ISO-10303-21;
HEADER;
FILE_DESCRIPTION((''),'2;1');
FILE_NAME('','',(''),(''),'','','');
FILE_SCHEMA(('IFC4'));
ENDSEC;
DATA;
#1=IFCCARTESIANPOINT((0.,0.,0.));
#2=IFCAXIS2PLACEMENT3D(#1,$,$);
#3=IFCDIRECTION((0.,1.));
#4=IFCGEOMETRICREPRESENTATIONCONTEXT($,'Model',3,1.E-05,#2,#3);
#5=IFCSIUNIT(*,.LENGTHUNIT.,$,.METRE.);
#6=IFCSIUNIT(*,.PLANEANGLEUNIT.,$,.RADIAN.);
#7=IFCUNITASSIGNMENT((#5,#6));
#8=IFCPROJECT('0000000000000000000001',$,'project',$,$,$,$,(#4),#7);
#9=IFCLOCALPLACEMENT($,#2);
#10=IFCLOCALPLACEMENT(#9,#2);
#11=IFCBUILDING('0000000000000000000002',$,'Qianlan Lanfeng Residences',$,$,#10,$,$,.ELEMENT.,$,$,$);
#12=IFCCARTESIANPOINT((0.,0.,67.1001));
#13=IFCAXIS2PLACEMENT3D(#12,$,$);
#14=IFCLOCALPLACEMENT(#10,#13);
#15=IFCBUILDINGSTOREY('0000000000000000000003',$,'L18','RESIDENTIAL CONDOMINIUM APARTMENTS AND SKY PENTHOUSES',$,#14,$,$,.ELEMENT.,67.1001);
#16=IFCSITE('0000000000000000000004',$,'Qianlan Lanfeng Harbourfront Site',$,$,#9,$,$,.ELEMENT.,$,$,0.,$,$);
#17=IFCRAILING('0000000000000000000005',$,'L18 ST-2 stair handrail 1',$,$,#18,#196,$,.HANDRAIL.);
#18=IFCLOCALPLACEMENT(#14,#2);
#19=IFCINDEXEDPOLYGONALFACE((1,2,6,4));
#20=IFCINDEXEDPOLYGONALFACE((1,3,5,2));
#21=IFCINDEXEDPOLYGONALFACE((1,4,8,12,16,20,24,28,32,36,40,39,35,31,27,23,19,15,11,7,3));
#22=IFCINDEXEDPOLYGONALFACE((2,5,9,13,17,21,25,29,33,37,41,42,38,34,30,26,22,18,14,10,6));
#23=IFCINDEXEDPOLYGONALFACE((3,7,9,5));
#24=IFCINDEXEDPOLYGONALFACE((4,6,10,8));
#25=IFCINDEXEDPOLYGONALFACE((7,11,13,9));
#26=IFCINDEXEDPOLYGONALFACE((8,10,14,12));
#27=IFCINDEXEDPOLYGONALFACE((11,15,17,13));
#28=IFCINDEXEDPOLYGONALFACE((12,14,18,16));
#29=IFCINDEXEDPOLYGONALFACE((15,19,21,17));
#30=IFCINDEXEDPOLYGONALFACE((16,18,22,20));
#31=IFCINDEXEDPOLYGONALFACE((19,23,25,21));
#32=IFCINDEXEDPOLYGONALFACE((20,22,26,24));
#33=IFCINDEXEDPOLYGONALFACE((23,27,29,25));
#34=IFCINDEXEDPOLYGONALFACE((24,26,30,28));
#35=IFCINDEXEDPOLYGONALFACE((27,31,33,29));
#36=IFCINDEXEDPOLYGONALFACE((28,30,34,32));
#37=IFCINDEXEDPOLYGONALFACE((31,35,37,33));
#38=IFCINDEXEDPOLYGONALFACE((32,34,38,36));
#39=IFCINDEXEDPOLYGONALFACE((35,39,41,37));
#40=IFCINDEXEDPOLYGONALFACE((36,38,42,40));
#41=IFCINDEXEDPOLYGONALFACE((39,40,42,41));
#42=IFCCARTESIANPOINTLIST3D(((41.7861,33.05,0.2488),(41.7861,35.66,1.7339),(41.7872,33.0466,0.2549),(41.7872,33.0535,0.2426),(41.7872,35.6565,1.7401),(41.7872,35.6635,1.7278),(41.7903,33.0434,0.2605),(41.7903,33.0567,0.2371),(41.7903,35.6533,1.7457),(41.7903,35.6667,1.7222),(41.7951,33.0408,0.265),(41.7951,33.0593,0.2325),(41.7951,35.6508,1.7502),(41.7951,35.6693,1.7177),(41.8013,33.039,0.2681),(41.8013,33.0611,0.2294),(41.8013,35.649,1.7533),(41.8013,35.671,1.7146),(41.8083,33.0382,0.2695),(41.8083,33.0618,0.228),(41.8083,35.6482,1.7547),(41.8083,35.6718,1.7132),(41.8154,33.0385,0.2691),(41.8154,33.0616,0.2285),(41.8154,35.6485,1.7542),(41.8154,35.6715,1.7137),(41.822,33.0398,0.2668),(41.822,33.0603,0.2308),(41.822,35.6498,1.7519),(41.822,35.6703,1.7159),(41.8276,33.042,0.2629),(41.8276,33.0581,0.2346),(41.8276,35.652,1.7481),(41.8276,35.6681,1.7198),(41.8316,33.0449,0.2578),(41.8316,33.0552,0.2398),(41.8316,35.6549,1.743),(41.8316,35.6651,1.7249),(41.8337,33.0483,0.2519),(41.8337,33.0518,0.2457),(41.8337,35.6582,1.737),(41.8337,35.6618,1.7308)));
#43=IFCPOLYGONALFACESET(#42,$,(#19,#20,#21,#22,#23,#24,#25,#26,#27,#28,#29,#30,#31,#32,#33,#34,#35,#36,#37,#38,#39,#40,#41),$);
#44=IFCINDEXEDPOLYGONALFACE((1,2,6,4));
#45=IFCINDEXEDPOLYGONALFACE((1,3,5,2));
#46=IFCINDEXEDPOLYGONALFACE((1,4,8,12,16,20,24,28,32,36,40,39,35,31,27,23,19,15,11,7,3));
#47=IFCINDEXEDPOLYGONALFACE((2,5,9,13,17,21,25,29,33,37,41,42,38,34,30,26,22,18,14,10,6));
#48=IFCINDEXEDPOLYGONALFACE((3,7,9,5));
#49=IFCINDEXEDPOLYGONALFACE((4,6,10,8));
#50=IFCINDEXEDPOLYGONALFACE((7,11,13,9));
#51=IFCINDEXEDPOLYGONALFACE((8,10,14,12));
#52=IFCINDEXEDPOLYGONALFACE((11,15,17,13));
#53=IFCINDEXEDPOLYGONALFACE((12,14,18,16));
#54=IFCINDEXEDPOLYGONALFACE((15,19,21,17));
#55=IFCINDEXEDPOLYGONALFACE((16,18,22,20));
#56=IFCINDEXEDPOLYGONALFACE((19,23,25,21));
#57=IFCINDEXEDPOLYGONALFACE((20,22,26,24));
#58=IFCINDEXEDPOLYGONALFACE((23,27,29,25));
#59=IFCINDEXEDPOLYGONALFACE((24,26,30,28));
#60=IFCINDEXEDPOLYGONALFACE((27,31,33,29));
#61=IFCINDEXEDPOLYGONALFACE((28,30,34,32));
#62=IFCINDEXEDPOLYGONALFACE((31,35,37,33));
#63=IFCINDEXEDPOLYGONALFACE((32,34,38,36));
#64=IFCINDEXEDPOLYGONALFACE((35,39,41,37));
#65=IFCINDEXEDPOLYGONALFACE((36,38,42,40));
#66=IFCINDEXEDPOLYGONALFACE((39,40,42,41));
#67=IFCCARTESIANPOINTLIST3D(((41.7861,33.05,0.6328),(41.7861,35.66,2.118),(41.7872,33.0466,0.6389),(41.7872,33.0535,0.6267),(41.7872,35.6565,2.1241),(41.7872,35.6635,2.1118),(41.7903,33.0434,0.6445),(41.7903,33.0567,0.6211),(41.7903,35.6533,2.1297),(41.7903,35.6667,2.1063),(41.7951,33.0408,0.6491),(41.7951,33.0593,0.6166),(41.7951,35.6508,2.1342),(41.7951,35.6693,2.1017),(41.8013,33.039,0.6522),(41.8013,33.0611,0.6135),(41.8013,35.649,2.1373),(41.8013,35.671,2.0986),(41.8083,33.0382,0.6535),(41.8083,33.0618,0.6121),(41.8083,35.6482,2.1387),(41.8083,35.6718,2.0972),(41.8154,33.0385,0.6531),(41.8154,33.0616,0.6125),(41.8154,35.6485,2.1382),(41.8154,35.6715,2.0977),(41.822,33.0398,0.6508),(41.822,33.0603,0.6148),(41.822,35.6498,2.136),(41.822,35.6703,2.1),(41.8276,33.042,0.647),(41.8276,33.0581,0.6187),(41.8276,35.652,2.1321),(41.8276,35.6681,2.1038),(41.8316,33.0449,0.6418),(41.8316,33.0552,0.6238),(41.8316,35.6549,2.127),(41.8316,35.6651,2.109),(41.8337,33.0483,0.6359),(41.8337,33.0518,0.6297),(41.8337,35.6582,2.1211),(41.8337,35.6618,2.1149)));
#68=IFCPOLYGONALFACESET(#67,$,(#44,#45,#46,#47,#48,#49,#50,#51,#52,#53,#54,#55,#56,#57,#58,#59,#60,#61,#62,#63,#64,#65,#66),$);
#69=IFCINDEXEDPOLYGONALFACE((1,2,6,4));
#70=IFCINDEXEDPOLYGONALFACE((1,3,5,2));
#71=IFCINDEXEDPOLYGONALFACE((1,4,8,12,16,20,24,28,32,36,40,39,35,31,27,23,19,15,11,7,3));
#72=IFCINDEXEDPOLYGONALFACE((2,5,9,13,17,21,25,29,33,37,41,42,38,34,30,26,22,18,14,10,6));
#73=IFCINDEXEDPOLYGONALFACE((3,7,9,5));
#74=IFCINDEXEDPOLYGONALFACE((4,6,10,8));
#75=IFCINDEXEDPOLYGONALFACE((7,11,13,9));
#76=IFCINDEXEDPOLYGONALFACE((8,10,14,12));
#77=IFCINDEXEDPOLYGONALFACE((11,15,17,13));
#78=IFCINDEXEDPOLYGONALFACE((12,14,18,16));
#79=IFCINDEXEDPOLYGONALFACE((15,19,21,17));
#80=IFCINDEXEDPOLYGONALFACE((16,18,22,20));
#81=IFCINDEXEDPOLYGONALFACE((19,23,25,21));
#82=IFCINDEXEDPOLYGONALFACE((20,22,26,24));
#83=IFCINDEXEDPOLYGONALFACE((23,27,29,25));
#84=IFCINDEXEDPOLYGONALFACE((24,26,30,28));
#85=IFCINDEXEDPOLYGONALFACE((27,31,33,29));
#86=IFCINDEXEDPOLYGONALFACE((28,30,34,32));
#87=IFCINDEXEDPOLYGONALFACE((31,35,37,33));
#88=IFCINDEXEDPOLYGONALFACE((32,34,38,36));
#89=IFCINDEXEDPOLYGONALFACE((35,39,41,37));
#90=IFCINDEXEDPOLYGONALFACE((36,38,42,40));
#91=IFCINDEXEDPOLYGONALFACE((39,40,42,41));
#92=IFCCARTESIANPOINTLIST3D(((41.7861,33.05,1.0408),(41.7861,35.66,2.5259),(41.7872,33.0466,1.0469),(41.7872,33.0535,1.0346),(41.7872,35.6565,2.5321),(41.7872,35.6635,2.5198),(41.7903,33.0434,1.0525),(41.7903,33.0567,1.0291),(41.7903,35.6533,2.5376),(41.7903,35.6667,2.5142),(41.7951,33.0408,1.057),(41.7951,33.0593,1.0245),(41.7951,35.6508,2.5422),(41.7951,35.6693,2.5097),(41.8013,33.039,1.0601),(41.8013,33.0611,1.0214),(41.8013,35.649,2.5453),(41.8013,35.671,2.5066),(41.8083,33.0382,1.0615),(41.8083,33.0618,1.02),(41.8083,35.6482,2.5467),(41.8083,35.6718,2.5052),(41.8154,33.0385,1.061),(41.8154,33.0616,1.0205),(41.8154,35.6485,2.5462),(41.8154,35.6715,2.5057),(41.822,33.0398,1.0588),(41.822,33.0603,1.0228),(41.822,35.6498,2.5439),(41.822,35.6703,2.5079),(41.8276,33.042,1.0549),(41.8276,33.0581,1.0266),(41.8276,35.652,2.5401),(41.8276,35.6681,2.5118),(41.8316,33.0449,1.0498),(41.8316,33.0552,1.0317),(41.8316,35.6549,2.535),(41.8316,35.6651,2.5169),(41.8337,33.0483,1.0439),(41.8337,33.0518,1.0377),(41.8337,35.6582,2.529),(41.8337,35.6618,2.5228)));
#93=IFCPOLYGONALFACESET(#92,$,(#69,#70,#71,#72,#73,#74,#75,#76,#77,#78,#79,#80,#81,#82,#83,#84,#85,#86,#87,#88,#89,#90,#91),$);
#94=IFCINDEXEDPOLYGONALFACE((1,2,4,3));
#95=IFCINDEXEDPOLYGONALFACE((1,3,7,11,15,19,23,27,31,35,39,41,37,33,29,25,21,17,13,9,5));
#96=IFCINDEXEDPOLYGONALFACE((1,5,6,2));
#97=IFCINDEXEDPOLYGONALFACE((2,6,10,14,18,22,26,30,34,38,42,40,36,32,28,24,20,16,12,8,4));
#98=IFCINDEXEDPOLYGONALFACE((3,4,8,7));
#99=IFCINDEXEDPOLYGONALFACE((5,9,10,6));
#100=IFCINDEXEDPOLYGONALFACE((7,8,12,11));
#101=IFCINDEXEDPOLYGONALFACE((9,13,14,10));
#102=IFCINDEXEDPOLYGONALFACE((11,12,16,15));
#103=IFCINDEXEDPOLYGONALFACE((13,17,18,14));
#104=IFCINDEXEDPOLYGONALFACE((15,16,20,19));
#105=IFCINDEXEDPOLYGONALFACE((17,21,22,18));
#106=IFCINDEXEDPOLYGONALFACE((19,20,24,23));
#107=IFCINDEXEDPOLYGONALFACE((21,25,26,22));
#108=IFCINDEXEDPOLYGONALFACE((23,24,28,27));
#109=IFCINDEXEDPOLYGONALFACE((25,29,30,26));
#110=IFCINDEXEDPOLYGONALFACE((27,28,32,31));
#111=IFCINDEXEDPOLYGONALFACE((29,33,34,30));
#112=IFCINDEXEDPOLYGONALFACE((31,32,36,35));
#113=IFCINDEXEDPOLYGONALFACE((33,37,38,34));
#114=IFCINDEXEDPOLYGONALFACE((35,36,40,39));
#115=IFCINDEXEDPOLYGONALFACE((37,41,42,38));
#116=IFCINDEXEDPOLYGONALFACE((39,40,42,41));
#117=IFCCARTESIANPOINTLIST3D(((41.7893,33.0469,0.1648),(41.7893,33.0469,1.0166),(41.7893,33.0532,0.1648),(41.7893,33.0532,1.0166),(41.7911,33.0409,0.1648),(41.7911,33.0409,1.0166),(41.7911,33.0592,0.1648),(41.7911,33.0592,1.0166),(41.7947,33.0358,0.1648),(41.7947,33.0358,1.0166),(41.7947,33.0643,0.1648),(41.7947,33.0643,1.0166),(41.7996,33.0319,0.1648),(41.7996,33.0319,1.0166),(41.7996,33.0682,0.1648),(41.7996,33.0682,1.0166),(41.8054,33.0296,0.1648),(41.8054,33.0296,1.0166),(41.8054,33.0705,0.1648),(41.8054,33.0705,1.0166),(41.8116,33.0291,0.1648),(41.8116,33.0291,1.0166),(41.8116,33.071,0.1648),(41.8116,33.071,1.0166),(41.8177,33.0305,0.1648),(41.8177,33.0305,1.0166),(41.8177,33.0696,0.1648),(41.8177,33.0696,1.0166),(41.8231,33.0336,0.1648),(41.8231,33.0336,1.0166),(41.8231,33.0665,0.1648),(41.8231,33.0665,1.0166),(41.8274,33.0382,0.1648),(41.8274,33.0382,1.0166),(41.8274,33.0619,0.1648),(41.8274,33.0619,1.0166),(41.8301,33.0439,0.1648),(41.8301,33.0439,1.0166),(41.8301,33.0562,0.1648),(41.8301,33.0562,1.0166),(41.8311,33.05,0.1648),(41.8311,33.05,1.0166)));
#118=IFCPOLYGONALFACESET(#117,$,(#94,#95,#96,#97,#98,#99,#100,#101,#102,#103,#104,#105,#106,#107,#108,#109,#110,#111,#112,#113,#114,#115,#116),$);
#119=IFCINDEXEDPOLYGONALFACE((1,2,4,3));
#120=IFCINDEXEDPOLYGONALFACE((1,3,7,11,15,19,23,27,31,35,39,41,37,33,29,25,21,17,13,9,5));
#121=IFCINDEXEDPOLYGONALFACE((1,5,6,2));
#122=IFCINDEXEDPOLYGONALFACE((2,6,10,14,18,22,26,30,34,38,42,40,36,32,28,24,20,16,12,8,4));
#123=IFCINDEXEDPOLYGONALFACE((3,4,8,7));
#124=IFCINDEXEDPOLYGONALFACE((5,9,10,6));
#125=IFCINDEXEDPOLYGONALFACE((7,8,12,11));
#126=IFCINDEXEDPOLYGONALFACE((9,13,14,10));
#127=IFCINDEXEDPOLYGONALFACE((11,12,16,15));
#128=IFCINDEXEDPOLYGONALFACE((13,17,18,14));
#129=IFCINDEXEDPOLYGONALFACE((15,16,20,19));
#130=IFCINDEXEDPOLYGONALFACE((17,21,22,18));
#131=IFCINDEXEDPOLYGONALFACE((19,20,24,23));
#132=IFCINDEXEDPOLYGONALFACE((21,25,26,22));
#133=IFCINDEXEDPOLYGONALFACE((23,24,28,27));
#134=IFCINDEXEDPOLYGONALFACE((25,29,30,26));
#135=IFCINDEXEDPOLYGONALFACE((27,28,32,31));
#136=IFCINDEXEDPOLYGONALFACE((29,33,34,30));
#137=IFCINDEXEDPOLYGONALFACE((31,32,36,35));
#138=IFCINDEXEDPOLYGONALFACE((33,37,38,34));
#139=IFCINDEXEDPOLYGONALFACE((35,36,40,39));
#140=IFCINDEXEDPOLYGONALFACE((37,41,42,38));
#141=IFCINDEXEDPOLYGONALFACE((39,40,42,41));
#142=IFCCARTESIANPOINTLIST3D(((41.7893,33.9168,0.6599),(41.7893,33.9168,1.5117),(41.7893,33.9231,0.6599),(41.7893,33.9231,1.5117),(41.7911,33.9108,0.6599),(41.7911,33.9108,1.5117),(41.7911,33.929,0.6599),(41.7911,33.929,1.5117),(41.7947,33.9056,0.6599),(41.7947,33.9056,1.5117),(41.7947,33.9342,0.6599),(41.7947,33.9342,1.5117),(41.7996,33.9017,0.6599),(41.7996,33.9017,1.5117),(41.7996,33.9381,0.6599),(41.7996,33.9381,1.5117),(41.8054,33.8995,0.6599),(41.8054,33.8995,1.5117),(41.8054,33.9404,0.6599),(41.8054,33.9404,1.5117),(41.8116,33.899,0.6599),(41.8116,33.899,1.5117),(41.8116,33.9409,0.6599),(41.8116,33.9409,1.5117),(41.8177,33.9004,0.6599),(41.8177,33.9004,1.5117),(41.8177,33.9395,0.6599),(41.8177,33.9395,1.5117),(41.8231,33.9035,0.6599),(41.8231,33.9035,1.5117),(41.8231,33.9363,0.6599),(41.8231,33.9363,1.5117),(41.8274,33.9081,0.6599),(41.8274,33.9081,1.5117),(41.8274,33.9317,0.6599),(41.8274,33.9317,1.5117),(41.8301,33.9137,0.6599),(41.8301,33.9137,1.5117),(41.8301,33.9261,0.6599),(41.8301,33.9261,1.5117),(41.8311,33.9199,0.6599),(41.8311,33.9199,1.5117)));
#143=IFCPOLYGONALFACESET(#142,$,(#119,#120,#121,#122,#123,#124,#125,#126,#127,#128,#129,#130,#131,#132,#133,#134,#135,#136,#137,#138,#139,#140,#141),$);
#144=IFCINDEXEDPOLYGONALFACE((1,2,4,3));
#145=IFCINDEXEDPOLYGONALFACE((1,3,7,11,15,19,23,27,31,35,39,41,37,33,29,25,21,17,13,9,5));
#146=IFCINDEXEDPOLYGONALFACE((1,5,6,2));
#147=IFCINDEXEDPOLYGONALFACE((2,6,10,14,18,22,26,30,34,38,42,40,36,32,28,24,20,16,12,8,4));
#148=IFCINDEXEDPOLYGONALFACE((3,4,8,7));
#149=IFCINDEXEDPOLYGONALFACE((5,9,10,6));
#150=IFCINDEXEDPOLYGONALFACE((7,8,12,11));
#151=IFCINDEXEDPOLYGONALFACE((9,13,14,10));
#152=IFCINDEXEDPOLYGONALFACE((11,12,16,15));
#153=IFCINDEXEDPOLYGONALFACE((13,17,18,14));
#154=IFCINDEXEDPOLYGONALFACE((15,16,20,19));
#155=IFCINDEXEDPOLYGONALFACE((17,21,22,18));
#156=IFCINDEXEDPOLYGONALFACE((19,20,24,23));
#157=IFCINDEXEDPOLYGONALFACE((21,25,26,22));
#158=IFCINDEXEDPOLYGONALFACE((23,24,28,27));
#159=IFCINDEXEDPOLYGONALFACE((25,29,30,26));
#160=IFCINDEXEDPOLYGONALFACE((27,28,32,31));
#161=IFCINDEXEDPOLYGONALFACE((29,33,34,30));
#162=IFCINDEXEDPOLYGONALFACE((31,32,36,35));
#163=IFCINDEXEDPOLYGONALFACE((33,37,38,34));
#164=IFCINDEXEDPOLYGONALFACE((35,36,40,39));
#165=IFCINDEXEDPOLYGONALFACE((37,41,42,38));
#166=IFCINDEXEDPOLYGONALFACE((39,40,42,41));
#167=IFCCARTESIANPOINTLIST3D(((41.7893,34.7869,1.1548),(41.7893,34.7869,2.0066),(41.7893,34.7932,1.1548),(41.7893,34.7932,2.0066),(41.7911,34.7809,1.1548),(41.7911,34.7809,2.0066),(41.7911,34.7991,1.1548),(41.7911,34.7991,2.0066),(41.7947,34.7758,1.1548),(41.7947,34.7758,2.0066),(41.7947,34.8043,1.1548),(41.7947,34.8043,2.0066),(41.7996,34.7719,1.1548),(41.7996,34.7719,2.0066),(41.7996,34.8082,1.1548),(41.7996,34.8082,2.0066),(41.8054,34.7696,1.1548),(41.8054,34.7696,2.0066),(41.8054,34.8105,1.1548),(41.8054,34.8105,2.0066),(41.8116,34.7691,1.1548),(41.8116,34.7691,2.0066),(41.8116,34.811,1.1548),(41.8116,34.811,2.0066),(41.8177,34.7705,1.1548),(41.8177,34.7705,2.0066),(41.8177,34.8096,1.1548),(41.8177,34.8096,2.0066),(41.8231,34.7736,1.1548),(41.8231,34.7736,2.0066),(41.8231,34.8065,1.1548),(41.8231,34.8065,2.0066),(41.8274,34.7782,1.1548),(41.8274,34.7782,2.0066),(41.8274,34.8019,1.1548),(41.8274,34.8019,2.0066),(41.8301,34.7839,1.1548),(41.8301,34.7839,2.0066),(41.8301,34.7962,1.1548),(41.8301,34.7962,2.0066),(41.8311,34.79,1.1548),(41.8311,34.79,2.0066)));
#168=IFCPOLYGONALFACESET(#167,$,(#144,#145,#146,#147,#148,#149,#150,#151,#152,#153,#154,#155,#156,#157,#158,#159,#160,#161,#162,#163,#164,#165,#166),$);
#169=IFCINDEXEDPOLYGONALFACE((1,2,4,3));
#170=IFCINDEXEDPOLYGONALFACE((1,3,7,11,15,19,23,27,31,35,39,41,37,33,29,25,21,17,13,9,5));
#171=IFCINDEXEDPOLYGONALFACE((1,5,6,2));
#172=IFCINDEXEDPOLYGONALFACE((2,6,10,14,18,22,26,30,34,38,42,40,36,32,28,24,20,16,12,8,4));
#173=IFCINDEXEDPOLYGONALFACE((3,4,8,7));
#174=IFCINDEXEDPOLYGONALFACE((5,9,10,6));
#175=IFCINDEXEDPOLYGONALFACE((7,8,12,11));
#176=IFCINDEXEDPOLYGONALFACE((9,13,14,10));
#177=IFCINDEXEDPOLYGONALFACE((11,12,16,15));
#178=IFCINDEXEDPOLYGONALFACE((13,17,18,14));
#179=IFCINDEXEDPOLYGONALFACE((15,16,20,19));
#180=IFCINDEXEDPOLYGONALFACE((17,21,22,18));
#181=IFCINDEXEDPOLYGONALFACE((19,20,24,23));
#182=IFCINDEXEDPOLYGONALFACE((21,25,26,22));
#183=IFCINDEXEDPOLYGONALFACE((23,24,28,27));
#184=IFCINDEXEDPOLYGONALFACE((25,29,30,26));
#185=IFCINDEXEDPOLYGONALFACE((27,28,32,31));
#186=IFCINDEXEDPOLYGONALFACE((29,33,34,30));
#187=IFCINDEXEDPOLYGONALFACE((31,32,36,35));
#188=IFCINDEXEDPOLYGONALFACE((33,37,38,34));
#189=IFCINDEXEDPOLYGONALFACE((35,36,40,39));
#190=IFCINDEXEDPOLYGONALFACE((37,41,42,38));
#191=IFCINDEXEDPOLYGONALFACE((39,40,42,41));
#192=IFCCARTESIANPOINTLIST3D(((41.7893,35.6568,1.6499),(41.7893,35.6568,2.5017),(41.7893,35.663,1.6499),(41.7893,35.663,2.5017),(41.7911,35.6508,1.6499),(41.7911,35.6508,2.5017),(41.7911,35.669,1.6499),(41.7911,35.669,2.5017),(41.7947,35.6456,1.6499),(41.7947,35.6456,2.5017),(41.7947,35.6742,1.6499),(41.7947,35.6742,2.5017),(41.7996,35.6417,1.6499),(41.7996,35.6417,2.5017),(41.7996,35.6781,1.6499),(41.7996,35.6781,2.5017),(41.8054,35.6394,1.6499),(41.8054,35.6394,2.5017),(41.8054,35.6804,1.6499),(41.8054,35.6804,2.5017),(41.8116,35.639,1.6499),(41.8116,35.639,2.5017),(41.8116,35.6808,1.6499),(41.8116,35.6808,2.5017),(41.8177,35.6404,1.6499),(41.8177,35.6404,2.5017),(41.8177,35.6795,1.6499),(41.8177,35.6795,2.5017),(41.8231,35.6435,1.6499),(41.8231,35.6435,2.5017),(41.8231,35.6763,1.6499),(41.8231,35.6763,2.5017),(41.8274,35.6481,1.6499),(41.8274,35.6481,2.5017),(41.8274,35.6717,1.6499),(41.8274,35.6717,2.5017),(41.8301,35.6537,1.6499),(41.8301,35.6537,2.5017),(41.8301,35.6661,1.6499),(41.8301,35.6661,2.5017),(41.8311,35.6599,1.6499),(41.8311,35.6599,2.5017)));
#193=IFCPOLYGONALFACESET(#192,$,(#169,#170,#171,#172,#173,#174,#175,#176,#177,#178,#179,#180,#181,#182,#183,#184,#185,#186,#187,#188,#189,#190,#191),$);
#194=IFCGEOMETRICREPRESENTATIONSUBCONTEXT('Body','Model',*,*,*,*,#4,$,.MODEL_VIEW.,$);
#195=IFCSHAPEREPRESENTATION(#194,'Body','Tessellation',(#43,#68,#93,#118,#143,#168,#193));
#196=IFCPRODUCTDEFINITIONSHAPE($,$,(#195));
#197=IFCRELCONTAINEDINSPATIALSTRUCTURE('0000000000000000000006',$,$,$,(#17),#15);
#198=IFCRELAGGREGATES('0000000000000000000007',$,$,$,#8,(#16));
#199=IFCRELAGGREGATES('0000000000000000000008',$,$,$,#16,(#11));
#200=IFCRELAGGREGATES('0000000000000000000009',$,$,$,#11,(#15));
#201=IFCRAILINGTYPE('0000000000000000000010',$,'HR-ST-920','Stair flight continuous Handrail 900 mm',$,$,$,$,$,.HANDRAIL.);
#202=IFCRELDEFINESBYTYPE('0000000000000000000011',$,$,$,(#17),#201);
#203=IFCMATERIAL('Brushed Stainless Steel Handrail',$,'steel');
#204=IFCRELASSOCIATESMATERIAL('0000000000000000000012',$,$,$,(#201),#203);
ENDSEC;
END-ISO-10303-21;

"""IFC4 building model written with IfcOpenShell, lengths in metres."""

from ifc_helpers import new_model, si_unit, direction, frame, origin, origin_2d, place, context, subcontext, project, spatial, circle, extrude, material, type_object, element, save


model = new_model("IFC4")

# Units and contexts
model_context = context("Model", 3, precision=1e-05, world=origin(), true_north=direction((0.0, 1.0)))
body_context = subcontext(model_context, "Body", "Model", "MODEL_VIEW")
ifc_project = project(units=[si_unit("LENGTHUNIT", "METRE"), si_unit("PLANEANGLEUNIT", "RADIAN")], contexts=[model_context])

# Site, building, storey
site_placement = place(None, origin())
site = spatial("IfcSite", under=ifc_project, at=site_placement, Name="Qianlan Lanfeng Harbourfront Site", CompositionType="ELEMENT", RefElevation=0.0)
building_placement = place(site_placement, origin())
building = spatial("IfcBuilding", under=site, at=building_placement, Name="Qianlan Lanfeng Residences", CompositionType="ELEMENT")
storey_placement = place(building_placement, frame((0.0, 0.0, 67.1001)))
storey = spatial("IfcBuildingStorey", under=building, at=storey_placement, Name="L18", Description="RESIDENTIAL CONDOMINIUM APARTMENTS AND SKY PENTHOUSES", CompositionType="ELEMENT", Elevation=67.1001)

# Railing
ifc_material_1 = material(Name="Brushed Stainless Steel Handrail", Category="steel")
railing_type_1 = type_object("IfcRailingType", Name="HR-ST-920", Description="Stair flight continuous Handrail 900 mm", PredefinedType="HANDRAIL", material=ifc_material_1)
railing_1_placement = place(storey_placement, frame((41.8101, 33.05, 0.1648)))
element("IfcRailing", 1, at=railing_1_placement, inside=storey, type_object=railing_type_1, Name="L18 ST-2 stair handrail 1", PredefinedType="HANDRAIL", context=body_context, shape_type="SweptSolid", body=[
    extrude(circle(Radius=0.0239, at=origin_2d()), frame((0.0, 0.0, 0.084), z_axis=(0.0, 0.869137, 0.494571), x_axis=(-1.0, 0.0, 0.0)), (0.0, 0.0, 1.0), 3.0029),
    extrude(circle(Radius=0.0239, at=origin_2d()), frame((0.0, 0.0, 0.468), z_axis=(0.0, 0.869137, 0.494571), x_axis=(-1.0, 0.0, 0.0)), (0.0, 0.0, 1.0), 3.0029),
    extrude(circle(Radius=0.0239, at=origin_2d()), frame((0.0, 0.0, 0.876), z_axis=(0.0, 0.869137, 0.494571), x_axis=(-1.0, 0.0, 0.0)), (0.0, 0.0, 1.0), 3.0029),
    extrude(circle(Radius=0.021, at=origin_2d()), origin(), (0.0, 0.0, 1.0), 0.8518),
    extrude(circle(Radius=0.021, at=origin_2d()), frame((0.0, 0.8699, 0.4951)), (0.0, 0.0, 1.0), 0.8518),
    extrude(circle(Radius=0.021, at=origin_2d()), frame((0.0, 1.74, 0.99)), (0.0, 0.0, 1.0), 0.8518),
    extrude(circle(Radius=0.021, at=origin_2d()), frame((0.0, 2.6099, 1.4851)), (0.0, 0.0, 1.0), 0.8518),
])

save(model, "model.ifc")
